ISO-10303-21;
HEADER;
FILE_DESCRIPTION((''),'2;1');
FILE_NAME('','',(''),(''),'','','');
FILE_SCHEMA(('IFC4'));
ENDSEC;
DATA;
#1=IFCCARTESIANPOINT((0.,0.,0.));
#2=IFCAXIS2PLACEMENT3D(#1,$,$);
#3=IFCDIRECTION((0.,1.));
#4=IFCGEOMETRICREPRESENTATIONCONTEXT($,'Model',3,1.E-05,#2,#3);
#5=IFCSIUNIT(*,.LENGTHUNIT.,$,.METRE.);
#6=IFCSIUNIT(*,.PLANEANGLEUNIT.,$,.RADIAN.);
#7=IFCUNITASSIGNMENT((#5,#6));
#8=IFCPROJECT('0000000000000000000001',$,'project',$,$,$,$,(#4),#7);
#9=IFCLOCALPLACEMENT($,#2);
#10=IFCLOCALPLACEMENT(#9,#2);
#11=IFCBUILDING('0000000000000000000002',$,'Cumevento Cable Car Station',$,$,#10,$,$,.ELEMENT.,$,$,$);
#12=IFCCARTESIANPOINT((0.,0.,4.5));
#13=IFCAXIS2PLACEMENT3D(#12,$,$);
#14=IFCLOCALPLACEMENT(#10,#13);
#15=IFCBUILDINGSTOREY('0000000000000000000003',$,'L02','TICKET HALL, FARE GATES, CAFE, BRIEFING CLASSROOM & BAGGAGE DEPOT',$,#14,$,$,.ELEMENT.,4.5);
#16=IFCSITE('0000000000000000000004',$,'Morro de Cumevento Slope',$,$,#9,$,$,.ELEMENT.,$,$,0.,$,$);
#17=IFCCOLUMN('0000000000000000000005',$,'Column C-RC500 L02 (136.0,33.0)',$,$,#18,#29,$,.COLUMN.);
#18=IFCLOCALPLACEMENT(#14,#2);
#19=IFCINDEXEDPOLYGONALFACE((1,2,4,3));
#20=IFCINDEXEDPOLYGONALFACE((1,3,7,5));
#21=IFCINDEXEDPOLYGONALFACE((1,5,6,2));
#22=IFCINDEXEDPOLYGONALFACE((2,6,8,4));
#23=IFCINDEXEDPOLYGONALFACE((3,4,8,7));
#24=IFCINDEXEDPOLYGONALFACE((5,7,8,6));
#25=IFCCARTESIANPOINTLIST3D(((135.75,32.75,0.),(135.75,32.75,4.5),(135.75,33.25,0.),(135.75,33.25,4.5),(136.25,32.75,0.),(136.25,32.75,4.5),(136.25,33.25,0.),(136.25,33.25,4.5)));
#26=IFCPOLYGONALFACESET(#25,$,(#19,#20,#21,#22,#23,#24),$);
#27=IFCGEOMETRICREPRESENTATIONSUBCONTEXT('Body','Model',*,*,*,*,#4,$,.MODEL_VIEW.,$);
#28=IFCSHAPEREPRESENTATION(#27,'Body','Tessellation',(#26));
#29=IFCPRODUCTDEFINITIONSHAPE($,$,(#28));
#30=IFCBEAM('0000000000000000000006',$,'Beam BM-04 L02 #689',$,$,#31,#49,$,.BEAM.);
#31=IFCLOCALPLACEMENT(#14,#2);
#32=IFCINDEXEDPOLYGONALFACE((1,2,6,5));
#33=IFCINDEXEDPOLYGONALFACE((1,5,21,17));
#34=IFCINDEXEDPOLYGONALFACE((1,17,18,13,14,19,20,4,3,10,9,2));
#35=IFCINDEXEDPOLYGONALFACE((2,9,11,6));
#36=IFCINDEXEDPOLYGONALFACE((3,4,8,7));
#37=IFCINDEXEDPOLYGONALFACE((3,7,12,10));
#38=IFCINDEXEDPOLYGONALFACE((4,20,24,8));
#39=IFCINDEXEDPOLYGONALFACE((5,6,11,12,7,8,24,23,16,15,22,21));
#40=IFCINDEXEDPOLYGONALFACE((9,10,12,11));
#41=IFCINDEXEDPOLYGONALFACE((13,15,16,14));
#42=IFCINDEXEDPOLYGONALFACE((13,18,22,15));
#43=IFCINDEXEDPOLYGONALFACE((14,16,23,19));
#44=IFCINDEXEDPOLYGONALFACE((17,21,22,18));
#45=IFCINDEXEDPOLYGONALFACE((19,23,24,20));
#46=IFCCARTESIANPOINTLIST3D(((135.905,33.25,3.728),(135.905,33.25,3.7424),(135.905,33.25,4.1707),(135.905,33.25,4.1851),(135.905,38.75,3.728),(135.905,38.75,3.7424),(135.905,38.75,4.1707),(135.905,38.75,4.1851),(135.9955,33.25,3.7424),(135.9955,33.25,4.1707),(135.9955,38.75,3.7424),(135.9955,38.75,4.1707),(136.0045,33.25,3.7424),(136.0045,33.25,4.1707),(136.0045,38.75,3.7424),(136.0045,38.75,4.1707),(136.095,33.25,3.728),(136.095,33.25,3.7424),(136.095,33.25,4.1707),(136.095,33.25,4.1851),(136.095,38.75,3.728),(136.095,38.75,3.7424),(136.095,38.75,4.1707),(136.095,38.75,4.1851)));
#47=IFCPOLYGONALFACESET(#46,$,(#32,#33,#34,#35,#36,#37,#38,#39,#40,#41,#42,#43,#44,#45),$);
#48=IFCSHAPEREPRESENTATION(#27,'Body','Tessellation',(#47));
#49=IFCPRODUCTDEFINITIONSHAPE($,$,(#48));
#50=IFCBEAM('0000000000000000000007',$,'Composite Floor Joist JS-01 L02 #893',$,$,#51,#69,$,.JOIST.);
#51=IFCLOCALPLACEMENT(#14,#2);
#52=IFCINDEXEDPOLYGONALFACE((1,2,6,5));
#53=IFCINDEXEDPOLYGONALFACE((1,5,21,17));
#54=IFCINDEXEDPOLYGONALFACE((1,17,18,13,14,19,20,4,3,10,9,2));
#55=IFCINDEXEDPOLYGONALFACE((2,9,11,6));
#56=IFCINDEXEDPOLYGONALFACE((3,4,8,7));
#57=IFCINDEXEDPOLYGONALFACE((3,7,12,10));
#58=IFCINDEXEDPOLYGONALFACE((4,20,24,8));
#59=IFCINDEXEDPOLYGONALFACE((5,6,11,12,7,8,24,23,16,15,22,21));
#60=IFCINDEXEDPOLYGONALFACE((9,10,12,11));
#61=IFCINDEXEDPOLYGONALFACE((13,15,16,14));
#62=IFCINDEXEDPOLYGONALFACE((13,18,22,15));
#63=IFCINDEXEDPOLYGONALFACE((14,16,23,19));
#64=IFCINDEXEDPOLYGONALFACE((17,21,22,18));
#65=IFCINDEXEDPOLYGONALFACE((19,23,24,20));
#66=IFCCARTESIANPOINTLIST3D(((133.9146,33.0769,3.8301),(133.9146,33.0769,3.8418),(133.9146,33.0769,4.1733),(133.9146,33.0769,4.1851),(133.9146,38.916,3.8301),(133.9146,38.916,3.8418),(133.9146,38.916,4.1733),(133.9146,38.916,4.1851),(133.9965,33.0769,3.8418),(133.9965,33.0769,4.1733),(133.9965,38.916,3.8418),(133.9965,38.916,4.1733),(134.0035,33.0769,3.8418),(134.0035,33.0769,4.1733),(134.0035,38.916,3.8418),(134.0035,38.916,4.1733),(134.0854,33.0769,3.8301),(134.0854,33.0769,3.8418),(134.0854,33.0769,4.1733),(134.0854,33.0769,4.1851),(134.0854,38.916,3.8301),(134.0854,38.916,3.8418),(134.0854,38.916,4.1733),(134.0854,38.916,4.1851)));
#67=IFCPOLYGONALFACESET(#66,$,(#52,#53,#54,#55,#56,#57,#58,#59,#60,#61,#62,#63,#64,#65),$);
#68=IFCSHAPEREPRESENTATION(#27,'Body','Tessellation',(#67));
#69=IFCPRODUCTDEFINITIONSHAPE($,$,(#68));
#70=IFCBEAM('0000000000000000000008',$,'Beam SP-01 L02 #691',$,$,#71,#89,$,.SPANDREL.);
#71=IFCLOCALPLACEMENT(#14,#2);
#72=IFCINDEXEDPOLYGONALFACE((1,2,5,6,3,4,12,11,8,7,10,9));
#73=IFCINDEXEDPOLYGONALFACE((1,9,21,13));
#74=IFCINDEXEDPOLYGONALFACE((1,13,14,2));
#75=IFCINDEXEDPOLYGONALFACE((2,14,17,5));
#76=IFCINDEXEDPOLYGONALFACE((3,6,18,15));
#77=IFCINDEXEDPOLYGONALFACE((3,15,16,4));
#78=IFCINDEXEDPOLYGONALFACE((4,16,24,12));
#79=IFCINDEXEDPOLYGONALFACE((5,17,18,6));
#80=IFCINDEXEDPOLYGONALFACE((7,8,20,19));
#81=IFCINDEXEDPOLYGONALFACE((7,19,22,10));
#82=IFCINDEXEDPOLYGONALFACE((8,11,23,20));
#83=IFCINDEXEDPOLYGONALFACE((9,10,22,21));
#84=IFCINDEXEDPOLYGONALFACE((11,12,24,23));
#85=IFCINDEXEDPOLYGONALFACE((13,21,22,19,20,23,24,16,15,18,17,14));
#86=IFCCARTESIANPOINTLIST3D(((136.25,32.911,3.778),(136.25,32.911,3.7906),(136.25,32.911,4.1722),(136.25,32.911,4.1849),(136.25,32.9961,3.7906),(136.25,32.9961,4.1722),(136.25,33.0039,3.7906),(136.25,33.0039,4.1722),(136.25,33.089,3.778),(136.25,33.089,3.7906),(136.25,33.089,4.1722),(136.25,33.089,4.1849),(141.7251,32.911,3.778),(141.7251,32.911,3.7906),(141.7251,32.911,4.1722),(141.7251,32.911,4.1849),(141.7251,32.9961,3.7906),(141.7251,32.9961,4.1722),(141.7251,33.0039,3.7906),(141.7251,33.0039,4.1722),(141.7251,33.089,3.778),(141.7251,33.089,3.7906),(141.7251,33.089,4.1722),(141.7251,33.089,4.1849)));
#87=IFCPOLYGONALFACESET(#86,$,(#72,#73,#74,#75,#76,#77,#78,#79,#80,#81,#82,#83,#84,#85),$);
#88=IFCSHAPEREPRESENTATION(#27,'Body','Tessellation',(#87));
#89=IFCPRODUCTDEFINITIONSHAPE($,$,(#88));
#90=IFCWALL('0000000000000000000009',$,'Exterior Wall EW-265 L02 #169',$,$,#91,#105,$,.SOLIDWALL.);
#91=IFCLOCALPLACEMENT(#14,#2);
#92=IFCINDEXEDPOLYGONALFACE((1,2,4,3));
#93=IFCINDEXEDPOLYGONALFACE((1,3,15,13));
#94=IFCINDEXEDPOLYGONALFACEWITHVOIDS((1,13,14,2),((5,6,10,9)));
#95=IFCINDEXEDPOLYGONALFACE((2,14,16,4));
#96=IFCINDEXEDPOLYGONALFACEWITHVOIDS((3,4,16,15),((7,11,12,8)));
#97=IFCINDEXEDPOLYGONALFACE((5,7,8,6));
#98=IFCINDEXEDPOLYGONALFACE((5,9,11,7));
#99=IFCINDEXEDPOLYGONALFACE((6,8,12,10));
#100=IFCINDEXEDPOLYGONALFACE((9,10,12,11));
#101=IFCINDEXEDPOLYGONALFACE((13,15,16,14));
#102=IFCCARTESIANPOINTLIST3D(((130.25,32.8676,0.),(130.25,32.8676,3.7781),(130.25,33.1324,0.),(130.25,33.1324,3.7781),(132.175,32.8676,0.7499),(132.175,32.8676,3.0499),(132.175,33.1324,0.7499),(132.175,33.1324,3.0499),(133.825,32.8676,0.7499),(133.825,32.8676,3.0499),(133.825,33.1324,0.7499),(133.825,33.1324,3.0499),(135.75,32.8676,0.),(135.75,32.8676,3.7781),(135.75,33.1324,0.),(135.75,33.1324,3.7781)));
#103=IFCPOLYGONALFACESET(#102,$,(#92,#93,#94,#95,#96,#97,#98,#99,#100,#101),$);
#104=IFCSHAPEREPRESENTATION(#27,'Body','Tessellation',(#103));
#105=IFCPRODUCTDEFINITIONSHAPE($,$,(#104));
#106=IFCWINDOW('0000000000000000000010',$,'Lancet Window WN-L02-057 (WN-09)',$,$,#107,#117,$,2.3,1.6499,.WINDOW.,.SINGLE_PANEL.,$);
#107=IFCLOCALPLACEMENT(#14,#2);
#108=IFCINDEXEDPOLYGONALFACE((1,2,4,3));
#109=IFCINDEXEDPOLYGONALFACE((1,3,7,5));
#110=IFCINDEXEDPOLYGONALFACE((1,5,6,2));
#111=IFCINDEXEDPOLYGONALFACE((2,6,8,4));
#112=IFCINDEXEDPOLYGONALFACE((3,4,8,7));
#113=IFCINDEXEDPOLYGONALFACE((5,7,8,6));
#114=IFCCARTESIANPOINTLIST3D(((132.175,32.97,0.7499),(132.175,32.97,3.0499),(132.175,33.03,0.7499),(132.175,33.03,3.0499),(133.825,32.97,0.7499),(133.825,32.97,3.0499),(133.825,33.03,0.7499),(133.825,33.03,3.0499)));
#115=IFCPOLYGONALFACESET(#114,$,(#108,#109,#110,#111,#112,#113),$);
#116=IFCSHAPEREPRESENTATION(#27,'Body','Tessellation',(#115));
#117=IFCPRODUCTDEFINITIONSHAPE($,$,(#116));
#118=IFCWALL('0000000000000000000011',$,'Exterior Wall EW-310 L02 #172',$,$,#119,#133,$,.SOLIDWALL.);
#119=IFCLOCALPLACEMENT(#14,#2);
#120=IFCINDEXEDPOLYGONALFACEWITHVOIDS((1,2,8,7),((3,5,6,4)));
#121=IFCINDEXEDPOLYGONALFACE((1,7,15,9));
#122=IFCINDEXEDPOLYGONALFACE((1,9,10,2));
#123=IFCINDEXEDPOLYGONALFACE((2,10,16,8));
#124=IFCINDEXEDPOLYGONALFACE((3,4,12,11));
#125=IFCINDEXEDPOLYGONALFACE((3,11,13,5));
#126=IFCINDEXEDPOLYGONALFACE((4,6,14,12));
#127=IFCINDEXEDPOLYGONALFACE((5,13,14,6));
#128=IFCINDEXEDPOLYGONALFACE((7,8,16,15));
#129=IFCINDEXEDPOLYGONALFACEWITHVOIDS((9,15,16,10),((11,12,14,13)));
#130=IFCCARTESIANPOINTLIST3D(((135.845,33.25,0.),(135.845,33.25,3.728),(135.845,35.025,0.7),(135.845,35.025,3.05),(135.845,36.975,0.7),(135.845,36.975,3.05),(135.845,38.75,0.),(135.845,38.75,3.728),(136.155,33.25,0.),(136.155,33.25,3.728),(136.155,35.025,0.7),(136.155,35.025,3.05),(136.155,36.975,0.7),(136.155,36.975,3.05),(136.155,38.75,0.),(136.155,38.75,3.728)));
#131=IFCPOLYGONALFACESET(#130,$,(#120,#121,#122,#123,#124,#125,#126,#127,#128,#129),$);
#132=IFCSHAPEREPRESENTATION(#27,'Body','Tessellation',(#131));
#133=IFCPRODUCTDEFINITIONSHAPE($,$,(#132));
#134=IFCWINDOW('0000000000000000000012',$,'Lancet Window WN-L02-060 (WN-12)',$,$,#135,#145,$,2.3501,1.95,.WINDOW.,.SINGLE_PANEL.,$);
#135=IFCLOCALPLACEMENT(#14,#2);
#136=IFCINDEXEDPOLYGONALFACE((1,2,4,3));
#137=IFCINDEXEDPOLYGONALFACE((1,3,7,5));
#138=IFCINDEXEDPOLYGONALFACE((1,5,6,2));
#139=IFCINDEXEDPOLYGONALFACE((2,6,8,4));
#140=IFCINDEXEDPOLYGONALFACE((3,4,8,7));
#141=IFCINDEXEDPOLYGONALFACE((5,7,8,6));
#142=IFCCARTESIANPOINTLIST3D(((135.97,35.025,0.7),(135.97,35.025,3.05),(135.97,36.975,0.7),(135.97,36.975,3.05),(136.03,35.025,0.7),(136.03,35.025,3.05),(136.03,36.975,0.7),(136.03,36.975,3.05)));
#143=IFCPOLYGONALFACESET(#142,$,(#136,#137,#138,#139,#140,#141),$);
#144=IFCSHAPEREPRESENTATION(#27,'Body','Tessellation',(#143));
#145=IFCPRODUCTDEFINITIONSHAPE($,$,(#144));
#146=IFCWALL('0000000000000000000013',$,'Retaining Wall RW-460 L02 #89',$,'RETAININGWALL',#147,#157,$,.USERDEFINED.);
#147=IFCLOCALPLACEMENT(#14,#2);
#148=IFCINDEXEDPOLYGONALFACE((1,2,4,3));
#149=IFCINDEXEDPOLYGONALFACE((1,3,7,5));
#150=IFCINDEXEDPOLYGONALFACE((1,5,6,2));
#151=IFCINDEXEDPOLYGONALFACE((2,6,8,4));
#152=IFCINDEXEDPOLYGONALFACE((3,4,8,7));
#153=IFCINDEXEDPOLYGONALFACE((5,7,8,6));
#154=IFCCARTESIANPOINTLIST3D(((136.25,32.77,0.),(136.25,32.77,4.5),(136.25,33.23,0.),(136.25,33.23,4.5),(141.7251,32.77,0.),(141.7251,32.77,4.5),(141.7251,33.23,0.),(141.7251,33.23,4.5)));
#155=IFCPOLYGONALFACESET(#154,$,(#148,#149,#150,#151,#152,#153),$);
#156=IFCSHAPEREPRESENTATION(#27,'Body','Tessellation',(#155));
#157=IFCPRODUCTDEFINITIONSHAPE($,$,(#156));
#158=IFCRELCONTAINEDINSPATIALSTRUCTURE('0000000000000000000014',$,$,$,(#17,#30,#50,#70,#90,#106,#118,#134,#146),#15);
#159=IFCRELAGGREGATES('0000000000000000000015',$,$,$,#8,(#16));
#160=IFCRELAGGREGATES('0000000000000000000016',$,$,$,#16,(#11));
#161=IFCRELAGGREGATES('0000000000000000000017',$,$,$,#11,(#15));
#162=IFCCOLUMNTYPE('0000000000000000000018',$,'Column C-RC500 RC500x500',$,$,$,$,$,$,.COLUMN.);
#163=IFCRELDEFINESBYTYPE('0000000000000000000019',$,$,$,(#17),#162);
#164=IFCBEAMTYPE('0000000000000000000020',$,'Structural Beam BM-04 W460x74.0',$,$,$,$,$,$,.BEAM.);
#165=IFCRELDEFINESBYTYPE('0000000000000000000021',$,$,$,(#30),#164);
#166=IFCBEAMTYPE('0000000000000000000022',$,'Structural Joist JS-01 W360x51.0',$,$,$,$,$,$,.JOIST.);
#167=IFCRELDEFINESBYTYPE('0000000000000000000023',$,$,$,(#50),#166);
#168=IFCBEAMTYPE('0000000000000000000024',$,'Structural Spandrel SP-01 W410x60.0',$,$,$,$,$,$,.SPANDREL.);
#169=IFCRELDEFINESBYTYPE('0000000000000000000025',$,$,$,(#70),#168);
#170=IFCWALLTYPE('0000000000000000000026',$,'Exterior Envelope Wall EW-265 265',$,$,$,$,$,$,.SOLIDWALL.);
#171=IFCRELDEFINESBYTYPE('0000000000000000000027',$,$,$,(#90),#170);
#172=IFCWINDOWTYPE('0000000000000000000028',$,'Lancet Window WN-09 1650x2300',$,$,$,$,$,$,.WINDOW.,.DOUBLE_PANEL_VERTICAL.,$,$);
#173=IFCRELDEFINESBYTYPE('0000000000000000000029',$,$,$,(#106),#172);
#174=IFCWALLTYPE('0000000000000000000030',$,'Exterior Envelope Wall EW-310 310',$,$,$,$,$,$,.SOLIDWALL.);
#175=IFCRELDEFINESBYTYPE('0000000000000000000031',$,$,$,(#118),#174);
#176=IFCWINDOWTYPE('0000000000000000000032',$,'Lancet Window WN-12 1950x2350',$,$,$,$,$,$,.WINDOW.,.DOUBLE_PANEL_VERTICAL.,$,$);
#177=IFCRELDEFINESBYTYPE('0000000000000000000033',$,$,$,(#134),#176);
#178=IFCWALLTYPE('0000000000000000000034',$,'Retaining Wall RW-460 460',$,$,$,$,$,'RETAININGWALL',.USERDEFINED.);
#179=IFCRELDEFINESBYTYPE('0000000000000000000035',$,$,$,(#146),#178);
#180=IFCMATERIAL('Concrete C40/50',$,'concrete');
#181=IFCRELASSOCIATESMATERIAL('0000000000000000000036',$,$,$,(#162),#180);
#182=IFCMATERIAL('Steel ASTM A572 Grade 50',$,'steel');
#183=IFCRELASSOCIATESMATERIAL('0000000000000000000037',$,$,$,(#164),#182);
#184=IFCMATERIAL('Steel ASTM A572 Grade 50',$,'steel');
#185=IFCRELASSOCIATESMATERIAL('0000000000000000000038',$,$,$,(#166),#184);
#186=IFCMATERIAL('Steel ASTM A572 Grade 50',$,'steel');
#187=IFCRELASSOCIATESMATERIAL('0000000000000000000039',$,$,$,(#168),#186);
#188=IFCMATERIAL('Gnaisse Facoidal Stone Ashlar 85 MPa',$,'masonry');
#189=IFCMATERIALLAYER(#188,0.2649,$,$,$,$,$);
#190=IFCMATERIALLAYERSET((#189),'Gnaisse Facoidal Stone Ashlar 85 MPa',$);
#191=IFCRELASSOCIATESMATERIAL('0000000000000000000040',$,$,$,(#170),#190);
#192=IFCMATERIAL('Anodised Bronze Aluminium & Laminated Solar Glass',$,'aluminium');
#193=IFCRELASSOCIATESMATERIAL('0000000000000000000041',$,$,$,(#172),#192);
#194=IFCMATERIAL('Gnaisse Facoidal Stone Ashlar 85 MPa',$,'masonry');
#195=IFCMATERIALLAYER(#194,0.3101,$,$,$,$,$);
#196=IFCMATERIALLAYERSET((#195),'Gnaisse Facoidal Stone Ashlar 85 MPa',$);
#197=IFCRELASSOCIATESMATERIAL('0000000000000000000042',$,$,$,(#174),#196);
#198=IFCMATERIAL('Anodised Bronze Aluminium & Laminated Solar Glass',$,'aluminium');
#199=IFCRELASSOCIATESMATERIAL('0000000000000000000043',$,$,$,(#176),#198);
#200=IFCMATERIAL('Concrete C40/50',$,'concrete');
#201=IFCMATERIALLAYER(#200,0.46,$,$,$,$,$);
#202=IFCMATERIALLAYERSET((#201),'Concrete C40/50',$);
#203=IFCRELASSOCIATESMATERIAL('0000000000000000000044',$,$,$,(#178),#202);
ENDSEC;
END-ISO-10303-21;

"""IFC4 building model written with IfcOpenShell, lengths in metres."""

from ifc_helpers import new_model, si_unit, direction, frame, frame_2d, origin, origin_2d, place, context, subcontext, project, spatial, rectangle, i_section, extrude, material, layer, layer_set, material_profile, profile_set, type_object, element, fill, save


model = new_model("IFC4")

# Units and contexts
model_context = context("Model", 3, precision=1e-05, world=origin(), true_north=direction((0.0, 1.0)))
body_context = subcontext(model_context, "Body", "Model", "MODEL_VIEW")
ifc_project = project(units=[si_unit("LENGTHUNIT", "METRE"), si_unit("PLANEANGLEUNIT", "RADIAN")], contexts=[model_context])

# Site, building, storey
site_placement = place(None, origin())
site = spatial("IfcSite", under=ifc_project, at=site_placement, Name="Morro de Cumevento Slope", CompositionType="ELEMENT", RefElevation=0.0)
building_placement = place(site_placement, origin())
building = spatial("IfcBuilding", under=site, at=building_placement, Name="Cumevento Cable Car Station", CompositionType="ELEMENT")
storey_placement = place(building_placement, frame((0.0, 0.0, 4.5)))
storey = spatial("IfcBuildingStorey", under=building, at=storey_placement, Name="L02", Description="TICKET HALL, FARE GATES, CAFE, BRIEFING CLASSROOM & BAGGAGE DEPOT", CompositionType="ELEMENT", Elevation=4.5)

# Column
ifc_material_1 = material(Name="Concrete C40/50", Category="concrete")
ifc_material_profile_1 = material_profile(ifc_material_1, rectangle(XDim=0.5, YDim=0.5, at=origin_2d()), Name="RC500x500")
ifc_profile_set_1 = profile_set([ifc_material_profile_1], Name="Concrete C40/50")
column_type = type_object("IfcColumnType", Name="Column C-RC500 RC500x500", PredefinedType="COLUMN", material=ifc_profile_set_1)
column_placement = place(storey_placement, frame((136.0, 33.0, 0.0), z_axis=(0.0, 0.0, 1.0), x_axis=(1.0, 0.0, 0.0)))
element("IfcColumn", 1, at=column_placement, inside=storey, type_object=column_type, Name="Column C-RC500 L02 (136.0,33.0)", PredefinedType="COLUMN", context=body_context, shape_type="SweptSolid", body=[
    extrude(rectangle(XDim=0.5, YDim=0.5, at=origin_2d()), origin(), (0.0, 0.0, 1.0), 4.5),
])

# Beams
ifc_material_2 = material(Name="Steel ASTM A572 Grade 50", Category="steel")
ifc_material_profile_2 = material_profile(ifc_material_2, i_section(OverallWidth=0.1899, OverallDepth=0.457, WebThickness=0.009, FlangeThickness=0.0144, at=origin_2d()), Name="W460x74.0")
ifc_profile_set_2 = profile_set([ifc_material_profile_2], Name="Steel ASTM A572 Grade 50")
beam_type_1 = type_object("IfcBeamType", Name="Structural Beam BM-04 W460x74.0", PredefinedType="BEAM", material=ifc_profile_set_2)
beam_1_placement = place(storey_placement, frame((136.0, 33.25, 3.9565), z_axis=(0.0, 1.0, 0.0), x_axis=(-1.0, 0.0, 0.0)))
element("IfcBeam", 2, at=beam_1_placement, inside=storey, type_object=beam_type_1, Name="Beam BM-04 L02 #689", PredefinedType="BEAM", context=body_context, shape_type="SweptSolid", body=[
    extrude(i_section(OverallWidth=0.1899, OverallDepth=0.457, WebThickness=0.009, FlangeThickness=0.0144, at=origin_2d()), origin(), (0.0, 0.0, 1.0), 5.5),
])
ifc_material_3 = material(Name="Steel ASTM A572 Grade 50", Category="steel")
ifc_material_profile_3 = material_profile(ifc_material_3, i_section(OverallWidth=0.1709, OverallDepth=0.355, WebThickness=0.0071, FlangeThickness=0.0117, at=origin_2d()), Name="W360x51.0")
ifc_profile_set_3 = profile_set([ifc_material_profile_3], Name="Steel ASTM A572 Grade 50")
beam_type_2 = type_object("IfcBeamType", Name="Structural Joist JS-01 W360x51.0", PredefinedType="JOIST", material=ifc_profile_set_3)
beam_2_placement = place(storey_placement, frame((134.0, 33.0769, 4.0076), z_axis=(0.0, 1.0, 0.0), x_axis=(-1.0, 0.0, 0.0)))
element("IfcBeam", 3, at=beam_2_placement, inside=storey, type_object=beam_type_2, Name="Composite Floor Joist JS-01 L02 #893", PredefinedType="JOIST", context=body_context, shape_type="SweptSolid", body=[
    extrude(i_section(OverallWidth=0.1709, OverallDepth=0.355, WebThickness=0.0071, FlangeThickness=0.0117, at=origin_2d()), origin(), (0.0, 0.0, 1.0), 5.8391),
])
ifc_material_4 = material(Name="Steel ASTM A572 Grade 50", Category="steel")
ifc_material_profile_4 = material_profile(ifc_material_4, i_section(OverallWidth=0.178, OverallDepth=0.407, WebThickness=0.0078, FlangeThickness=0.0127, at=origin_2d()), Name="W410x60.0")
ifc_profile_set_4 = profile_set([ifc_material_profile_4], Name="Steel ASTM A572 Grade 50")
beam_type_3 = type_object("IfcBeamType", Name="Structural Spandrel SP-01 W410x60.0", PredefinedType="SPANDREL", material=ifc_profile_set_4)
beam_3_placement = place(storey_placement, frame((136.25, 33.0, 3.9814), z_axis=(1.0, 0.0, 0.0), x_axis=(0.0, 1.0, 0.0)))
element("IfcBeam", 4, at=beam_3_placement, inside=storey, type_object=beam_type_3, Name="Beam SP-01 L02 #691", PredefinedType="SPANDREL", context=body_context, shape_type="SweptSolid", body=[
    extrude(i_section(OverallWidth=0.178, OverallDepth=0.407, WebThickness=0.0078, FlangeThickness=0.0127, at=origin_2d()), origin(), (0.0, 0.0, 1.0), 5.4751),
])

# Walls, openings, windows
ifc_material_5 = material(Name="Gnaisse Facoidal Stone Ashlar 85 MPa", Category="masonry")
ifc_layer_1 = layer(ifc_material_5, 0.2649)
ifc_layer_set_1 = layer_set([ifc_layer_1], Name="Gnaisse Facoidal Stone Ashlar 85 MPa")
wall_type_1 = type_object("IfcWallType", Name="Exterior Envelope Wall EW-265 265", PredefinedType="SOLIDWALL", material=ifc_layer_set_1)
wall_1_placement = place(storey_placement, frame((135.75, 33.0, 0.0), z_axis=(0.0, 0.0, 1.0), x_axis=(-1.0, 0.0, 0.0)))
wall_1 = element("IfcWall", 5, at=wall_1_placement, inside=storey, type_object=wall_type_1, Name="Exterior Wall EW-265 L02 #169", PredefinedType="SOLIDWALL", context=body_context, shape_type="SweptSolid", body=[
    extrude(rectangle(XDim=5.5, YDim=0.2649, at=frame_2d((2.75, 0.0))), origin(), (0.0, 0.0, 1.0), 3.7781),
])
opening_1_placement = place(wall_1_placement, frame((1.925, 0.0, 0.75)))
opening_1 = element("IfcOpeningElement", 6, at=opening_1_placement, cuts=wall_1, PredefinedType="OPENING", context=body_context, shape_type="SweptSolid", body=[
    extrude(rectangle(XDim=1.6499, YDim=2.3, at=frame_2d((0.825, 1.1499))), frame((0.0, 0.1423, 0.0), z_axis=(0.0, -1.0, 0.0), x_axis=(1.0, 0.0, 0.0)), (0.0, 0.0, 1.0), 0.2849),
])
ifc_material_6 = material(Name="Anodised Bronze Aluminium & Laminated Solar Glass", Category="aluminium")
window_type_1 = type_object("IfcWindowType", Name="Lancet Window WN-09 1650x2300", PartitioningType="DOUBLE_PANEL_VERTICAL", PredefinedType="WINDOW", material=ifc_material_6)
window_1_placement = place(opening_1_placement, origin())
window_1 = element("IfcWindow", 7, at=window_1_placement, inside=storey, type_object=window_type_1, Name="Lancet Window WN-L02-057 (WN-09)", OverallHeight=2.3, OverallWidth=1.6499, PartitioningType="SINGLE_PANEL", PredefinedType="WINDOW", context=body_context, shape_type="SweptSolid", body=[
    extrude(rectangle(XDim=1.6499, YDim=2.3, at=frame_2d((0.825, 1.1499))), frame((0.0, 0.03, 0.0), z_axis=(0.0, -1.0, 0.0), x_axis=(1.0, 0.0, 0.0)), (0.0, 0.0, 1.0), 0.0601),
])
fill(opening_1, window_1)
ifc_material_7 = material(Name="Gnaisse Facoidal Stone Ashlar 85 MPa", Category="masonry")
ifc_layer_2 = layer(ifc_material_7, 0.3101)
ifc_layer_set_2 = layer_set([ifc_layer_2], Name="Gnaisse Facoidal Stone Ashlar 85 MPa")
wall_type_2 = type_object("IfcWallType", Name="Exterior Envelope Wall EW-310 310", PredefinedType="SOLIDWALL", material=ifc_layer_set_2)
wall_2_placement = place(storey_placement, frame((136.0, 38.75, 0.0), z_axis=(0.0, 0.0, 1.0), x_axis=(0.0, -1.0, 0.0)))
wall_2 = element("IfcWall", 8, at=wall_2_placement, inside=storey, type_object=wall_type_2, Name="Exterior Wall EW-310 L02 #172", PredefinedType="SOLIDWALL", context=body_context, shape_type="SweptSolid", body=[
    extrude(rectangle(XDim=5.5, YDim=0.3101, at=frame_2d((2.75, 0.0))), origin(), (0.0, 0.0, 1.0), 3.728),
])
opening_2_placement = place(wall_2_placement, frame((1.7749, 0.0, 0.7)))
opening_2 = element("IfcOpeningElement", 9, at=opening_2_placement, cuts=wall_2, PredefinedType="OPENING", context=body_context, shape_type="SweptSolid", body=[
    extrude(rectangle(XDim=1.95, YDim=2.3501, at=frame_2d((0.9751, 1.175))), frame((0.0, 0.165, 0.0), z_axis=(0.0, -1.0, 0.0), x_axis=(1.0, 0.0, 0.0)), (0.0, 0.0, 1.0), 0.3301),
])
ifc_material_8 = material(Name="Anodised Bronze Aluminium & Laminated Solar Glass", Category="aluminium")
window_type_2 = type_object("IfcWindowType", Name="Lancet Window WN-12 1950x2350", PartitioningType="DOUBLE_PANEL_VERTICAL", PredefinedType="WINDOW", material=ifc_material_8)
window_2_placement = place(opening_2_placement, origin())
window_2 = element("IfcWindow", 10, at=window_2_placement, inside=storey, type_object=window_type_2, Name="Lancet Window WN-L02-060 (WN-12)", OverallHeight=2.3501, OverallWidth=1.95, PartitioningType="SINGLE_PANEL", PredefinedType="WINDOW", context=body_context, shape_type="SweptSolid", body=[
    extrude(rectangle(XDim=1.95, YDim=2.3501, at=frame_2d((0.9751, 1.175))), frame((0.0, 0.03, 0.0), z_axis=(0.0, -1.0, 0.0), x_axis=(1.0, 0.0, 0.0)), (0.0, 0.0, 1.0), 0.0601),
])
fill(opening_2, window_2)

# Wall
ifc_material_9 = material(Name="Concrete C40/50", Category="concrete")
ifc_layer_3 = layer(ifc_material_9, 0.46)
ifc_layer_set_3 = layer_set([ifc_layer_3], Name="Concrete C40/50")
wall_type_3 = type_object("IfcWallType", Name="Retaining Wall RW-460 460", ElementType="RETAININGWALL", PredefinedType="USERDEFINED", material=ifc_layer_set_3)
wall_3_placement = place(storey_placement, frame((136.25, 33.0, 0.0), z_axis=(0.0, 0.0, 1.0), x_axis=(1.0, 0.0, 0.0)))
element("IfcWall", 11, at=wall_3_placement, inside=storey, type_object=wall_type_3, Name="Retaining Wall RW-460 L02 #89", ObjectType="RETAININGWALL", PredefinedType="USERDEFINED", context=body_context, shape_type="SweptSolid", body=[
    extrude(rectangle(XDim=5.4751, YDim=0.46, at=frame_2d((2.7375, 0.0))), origin(), (0.0, 0.0, 1.0), 4.5),
])

save(model, "model.ifc")
